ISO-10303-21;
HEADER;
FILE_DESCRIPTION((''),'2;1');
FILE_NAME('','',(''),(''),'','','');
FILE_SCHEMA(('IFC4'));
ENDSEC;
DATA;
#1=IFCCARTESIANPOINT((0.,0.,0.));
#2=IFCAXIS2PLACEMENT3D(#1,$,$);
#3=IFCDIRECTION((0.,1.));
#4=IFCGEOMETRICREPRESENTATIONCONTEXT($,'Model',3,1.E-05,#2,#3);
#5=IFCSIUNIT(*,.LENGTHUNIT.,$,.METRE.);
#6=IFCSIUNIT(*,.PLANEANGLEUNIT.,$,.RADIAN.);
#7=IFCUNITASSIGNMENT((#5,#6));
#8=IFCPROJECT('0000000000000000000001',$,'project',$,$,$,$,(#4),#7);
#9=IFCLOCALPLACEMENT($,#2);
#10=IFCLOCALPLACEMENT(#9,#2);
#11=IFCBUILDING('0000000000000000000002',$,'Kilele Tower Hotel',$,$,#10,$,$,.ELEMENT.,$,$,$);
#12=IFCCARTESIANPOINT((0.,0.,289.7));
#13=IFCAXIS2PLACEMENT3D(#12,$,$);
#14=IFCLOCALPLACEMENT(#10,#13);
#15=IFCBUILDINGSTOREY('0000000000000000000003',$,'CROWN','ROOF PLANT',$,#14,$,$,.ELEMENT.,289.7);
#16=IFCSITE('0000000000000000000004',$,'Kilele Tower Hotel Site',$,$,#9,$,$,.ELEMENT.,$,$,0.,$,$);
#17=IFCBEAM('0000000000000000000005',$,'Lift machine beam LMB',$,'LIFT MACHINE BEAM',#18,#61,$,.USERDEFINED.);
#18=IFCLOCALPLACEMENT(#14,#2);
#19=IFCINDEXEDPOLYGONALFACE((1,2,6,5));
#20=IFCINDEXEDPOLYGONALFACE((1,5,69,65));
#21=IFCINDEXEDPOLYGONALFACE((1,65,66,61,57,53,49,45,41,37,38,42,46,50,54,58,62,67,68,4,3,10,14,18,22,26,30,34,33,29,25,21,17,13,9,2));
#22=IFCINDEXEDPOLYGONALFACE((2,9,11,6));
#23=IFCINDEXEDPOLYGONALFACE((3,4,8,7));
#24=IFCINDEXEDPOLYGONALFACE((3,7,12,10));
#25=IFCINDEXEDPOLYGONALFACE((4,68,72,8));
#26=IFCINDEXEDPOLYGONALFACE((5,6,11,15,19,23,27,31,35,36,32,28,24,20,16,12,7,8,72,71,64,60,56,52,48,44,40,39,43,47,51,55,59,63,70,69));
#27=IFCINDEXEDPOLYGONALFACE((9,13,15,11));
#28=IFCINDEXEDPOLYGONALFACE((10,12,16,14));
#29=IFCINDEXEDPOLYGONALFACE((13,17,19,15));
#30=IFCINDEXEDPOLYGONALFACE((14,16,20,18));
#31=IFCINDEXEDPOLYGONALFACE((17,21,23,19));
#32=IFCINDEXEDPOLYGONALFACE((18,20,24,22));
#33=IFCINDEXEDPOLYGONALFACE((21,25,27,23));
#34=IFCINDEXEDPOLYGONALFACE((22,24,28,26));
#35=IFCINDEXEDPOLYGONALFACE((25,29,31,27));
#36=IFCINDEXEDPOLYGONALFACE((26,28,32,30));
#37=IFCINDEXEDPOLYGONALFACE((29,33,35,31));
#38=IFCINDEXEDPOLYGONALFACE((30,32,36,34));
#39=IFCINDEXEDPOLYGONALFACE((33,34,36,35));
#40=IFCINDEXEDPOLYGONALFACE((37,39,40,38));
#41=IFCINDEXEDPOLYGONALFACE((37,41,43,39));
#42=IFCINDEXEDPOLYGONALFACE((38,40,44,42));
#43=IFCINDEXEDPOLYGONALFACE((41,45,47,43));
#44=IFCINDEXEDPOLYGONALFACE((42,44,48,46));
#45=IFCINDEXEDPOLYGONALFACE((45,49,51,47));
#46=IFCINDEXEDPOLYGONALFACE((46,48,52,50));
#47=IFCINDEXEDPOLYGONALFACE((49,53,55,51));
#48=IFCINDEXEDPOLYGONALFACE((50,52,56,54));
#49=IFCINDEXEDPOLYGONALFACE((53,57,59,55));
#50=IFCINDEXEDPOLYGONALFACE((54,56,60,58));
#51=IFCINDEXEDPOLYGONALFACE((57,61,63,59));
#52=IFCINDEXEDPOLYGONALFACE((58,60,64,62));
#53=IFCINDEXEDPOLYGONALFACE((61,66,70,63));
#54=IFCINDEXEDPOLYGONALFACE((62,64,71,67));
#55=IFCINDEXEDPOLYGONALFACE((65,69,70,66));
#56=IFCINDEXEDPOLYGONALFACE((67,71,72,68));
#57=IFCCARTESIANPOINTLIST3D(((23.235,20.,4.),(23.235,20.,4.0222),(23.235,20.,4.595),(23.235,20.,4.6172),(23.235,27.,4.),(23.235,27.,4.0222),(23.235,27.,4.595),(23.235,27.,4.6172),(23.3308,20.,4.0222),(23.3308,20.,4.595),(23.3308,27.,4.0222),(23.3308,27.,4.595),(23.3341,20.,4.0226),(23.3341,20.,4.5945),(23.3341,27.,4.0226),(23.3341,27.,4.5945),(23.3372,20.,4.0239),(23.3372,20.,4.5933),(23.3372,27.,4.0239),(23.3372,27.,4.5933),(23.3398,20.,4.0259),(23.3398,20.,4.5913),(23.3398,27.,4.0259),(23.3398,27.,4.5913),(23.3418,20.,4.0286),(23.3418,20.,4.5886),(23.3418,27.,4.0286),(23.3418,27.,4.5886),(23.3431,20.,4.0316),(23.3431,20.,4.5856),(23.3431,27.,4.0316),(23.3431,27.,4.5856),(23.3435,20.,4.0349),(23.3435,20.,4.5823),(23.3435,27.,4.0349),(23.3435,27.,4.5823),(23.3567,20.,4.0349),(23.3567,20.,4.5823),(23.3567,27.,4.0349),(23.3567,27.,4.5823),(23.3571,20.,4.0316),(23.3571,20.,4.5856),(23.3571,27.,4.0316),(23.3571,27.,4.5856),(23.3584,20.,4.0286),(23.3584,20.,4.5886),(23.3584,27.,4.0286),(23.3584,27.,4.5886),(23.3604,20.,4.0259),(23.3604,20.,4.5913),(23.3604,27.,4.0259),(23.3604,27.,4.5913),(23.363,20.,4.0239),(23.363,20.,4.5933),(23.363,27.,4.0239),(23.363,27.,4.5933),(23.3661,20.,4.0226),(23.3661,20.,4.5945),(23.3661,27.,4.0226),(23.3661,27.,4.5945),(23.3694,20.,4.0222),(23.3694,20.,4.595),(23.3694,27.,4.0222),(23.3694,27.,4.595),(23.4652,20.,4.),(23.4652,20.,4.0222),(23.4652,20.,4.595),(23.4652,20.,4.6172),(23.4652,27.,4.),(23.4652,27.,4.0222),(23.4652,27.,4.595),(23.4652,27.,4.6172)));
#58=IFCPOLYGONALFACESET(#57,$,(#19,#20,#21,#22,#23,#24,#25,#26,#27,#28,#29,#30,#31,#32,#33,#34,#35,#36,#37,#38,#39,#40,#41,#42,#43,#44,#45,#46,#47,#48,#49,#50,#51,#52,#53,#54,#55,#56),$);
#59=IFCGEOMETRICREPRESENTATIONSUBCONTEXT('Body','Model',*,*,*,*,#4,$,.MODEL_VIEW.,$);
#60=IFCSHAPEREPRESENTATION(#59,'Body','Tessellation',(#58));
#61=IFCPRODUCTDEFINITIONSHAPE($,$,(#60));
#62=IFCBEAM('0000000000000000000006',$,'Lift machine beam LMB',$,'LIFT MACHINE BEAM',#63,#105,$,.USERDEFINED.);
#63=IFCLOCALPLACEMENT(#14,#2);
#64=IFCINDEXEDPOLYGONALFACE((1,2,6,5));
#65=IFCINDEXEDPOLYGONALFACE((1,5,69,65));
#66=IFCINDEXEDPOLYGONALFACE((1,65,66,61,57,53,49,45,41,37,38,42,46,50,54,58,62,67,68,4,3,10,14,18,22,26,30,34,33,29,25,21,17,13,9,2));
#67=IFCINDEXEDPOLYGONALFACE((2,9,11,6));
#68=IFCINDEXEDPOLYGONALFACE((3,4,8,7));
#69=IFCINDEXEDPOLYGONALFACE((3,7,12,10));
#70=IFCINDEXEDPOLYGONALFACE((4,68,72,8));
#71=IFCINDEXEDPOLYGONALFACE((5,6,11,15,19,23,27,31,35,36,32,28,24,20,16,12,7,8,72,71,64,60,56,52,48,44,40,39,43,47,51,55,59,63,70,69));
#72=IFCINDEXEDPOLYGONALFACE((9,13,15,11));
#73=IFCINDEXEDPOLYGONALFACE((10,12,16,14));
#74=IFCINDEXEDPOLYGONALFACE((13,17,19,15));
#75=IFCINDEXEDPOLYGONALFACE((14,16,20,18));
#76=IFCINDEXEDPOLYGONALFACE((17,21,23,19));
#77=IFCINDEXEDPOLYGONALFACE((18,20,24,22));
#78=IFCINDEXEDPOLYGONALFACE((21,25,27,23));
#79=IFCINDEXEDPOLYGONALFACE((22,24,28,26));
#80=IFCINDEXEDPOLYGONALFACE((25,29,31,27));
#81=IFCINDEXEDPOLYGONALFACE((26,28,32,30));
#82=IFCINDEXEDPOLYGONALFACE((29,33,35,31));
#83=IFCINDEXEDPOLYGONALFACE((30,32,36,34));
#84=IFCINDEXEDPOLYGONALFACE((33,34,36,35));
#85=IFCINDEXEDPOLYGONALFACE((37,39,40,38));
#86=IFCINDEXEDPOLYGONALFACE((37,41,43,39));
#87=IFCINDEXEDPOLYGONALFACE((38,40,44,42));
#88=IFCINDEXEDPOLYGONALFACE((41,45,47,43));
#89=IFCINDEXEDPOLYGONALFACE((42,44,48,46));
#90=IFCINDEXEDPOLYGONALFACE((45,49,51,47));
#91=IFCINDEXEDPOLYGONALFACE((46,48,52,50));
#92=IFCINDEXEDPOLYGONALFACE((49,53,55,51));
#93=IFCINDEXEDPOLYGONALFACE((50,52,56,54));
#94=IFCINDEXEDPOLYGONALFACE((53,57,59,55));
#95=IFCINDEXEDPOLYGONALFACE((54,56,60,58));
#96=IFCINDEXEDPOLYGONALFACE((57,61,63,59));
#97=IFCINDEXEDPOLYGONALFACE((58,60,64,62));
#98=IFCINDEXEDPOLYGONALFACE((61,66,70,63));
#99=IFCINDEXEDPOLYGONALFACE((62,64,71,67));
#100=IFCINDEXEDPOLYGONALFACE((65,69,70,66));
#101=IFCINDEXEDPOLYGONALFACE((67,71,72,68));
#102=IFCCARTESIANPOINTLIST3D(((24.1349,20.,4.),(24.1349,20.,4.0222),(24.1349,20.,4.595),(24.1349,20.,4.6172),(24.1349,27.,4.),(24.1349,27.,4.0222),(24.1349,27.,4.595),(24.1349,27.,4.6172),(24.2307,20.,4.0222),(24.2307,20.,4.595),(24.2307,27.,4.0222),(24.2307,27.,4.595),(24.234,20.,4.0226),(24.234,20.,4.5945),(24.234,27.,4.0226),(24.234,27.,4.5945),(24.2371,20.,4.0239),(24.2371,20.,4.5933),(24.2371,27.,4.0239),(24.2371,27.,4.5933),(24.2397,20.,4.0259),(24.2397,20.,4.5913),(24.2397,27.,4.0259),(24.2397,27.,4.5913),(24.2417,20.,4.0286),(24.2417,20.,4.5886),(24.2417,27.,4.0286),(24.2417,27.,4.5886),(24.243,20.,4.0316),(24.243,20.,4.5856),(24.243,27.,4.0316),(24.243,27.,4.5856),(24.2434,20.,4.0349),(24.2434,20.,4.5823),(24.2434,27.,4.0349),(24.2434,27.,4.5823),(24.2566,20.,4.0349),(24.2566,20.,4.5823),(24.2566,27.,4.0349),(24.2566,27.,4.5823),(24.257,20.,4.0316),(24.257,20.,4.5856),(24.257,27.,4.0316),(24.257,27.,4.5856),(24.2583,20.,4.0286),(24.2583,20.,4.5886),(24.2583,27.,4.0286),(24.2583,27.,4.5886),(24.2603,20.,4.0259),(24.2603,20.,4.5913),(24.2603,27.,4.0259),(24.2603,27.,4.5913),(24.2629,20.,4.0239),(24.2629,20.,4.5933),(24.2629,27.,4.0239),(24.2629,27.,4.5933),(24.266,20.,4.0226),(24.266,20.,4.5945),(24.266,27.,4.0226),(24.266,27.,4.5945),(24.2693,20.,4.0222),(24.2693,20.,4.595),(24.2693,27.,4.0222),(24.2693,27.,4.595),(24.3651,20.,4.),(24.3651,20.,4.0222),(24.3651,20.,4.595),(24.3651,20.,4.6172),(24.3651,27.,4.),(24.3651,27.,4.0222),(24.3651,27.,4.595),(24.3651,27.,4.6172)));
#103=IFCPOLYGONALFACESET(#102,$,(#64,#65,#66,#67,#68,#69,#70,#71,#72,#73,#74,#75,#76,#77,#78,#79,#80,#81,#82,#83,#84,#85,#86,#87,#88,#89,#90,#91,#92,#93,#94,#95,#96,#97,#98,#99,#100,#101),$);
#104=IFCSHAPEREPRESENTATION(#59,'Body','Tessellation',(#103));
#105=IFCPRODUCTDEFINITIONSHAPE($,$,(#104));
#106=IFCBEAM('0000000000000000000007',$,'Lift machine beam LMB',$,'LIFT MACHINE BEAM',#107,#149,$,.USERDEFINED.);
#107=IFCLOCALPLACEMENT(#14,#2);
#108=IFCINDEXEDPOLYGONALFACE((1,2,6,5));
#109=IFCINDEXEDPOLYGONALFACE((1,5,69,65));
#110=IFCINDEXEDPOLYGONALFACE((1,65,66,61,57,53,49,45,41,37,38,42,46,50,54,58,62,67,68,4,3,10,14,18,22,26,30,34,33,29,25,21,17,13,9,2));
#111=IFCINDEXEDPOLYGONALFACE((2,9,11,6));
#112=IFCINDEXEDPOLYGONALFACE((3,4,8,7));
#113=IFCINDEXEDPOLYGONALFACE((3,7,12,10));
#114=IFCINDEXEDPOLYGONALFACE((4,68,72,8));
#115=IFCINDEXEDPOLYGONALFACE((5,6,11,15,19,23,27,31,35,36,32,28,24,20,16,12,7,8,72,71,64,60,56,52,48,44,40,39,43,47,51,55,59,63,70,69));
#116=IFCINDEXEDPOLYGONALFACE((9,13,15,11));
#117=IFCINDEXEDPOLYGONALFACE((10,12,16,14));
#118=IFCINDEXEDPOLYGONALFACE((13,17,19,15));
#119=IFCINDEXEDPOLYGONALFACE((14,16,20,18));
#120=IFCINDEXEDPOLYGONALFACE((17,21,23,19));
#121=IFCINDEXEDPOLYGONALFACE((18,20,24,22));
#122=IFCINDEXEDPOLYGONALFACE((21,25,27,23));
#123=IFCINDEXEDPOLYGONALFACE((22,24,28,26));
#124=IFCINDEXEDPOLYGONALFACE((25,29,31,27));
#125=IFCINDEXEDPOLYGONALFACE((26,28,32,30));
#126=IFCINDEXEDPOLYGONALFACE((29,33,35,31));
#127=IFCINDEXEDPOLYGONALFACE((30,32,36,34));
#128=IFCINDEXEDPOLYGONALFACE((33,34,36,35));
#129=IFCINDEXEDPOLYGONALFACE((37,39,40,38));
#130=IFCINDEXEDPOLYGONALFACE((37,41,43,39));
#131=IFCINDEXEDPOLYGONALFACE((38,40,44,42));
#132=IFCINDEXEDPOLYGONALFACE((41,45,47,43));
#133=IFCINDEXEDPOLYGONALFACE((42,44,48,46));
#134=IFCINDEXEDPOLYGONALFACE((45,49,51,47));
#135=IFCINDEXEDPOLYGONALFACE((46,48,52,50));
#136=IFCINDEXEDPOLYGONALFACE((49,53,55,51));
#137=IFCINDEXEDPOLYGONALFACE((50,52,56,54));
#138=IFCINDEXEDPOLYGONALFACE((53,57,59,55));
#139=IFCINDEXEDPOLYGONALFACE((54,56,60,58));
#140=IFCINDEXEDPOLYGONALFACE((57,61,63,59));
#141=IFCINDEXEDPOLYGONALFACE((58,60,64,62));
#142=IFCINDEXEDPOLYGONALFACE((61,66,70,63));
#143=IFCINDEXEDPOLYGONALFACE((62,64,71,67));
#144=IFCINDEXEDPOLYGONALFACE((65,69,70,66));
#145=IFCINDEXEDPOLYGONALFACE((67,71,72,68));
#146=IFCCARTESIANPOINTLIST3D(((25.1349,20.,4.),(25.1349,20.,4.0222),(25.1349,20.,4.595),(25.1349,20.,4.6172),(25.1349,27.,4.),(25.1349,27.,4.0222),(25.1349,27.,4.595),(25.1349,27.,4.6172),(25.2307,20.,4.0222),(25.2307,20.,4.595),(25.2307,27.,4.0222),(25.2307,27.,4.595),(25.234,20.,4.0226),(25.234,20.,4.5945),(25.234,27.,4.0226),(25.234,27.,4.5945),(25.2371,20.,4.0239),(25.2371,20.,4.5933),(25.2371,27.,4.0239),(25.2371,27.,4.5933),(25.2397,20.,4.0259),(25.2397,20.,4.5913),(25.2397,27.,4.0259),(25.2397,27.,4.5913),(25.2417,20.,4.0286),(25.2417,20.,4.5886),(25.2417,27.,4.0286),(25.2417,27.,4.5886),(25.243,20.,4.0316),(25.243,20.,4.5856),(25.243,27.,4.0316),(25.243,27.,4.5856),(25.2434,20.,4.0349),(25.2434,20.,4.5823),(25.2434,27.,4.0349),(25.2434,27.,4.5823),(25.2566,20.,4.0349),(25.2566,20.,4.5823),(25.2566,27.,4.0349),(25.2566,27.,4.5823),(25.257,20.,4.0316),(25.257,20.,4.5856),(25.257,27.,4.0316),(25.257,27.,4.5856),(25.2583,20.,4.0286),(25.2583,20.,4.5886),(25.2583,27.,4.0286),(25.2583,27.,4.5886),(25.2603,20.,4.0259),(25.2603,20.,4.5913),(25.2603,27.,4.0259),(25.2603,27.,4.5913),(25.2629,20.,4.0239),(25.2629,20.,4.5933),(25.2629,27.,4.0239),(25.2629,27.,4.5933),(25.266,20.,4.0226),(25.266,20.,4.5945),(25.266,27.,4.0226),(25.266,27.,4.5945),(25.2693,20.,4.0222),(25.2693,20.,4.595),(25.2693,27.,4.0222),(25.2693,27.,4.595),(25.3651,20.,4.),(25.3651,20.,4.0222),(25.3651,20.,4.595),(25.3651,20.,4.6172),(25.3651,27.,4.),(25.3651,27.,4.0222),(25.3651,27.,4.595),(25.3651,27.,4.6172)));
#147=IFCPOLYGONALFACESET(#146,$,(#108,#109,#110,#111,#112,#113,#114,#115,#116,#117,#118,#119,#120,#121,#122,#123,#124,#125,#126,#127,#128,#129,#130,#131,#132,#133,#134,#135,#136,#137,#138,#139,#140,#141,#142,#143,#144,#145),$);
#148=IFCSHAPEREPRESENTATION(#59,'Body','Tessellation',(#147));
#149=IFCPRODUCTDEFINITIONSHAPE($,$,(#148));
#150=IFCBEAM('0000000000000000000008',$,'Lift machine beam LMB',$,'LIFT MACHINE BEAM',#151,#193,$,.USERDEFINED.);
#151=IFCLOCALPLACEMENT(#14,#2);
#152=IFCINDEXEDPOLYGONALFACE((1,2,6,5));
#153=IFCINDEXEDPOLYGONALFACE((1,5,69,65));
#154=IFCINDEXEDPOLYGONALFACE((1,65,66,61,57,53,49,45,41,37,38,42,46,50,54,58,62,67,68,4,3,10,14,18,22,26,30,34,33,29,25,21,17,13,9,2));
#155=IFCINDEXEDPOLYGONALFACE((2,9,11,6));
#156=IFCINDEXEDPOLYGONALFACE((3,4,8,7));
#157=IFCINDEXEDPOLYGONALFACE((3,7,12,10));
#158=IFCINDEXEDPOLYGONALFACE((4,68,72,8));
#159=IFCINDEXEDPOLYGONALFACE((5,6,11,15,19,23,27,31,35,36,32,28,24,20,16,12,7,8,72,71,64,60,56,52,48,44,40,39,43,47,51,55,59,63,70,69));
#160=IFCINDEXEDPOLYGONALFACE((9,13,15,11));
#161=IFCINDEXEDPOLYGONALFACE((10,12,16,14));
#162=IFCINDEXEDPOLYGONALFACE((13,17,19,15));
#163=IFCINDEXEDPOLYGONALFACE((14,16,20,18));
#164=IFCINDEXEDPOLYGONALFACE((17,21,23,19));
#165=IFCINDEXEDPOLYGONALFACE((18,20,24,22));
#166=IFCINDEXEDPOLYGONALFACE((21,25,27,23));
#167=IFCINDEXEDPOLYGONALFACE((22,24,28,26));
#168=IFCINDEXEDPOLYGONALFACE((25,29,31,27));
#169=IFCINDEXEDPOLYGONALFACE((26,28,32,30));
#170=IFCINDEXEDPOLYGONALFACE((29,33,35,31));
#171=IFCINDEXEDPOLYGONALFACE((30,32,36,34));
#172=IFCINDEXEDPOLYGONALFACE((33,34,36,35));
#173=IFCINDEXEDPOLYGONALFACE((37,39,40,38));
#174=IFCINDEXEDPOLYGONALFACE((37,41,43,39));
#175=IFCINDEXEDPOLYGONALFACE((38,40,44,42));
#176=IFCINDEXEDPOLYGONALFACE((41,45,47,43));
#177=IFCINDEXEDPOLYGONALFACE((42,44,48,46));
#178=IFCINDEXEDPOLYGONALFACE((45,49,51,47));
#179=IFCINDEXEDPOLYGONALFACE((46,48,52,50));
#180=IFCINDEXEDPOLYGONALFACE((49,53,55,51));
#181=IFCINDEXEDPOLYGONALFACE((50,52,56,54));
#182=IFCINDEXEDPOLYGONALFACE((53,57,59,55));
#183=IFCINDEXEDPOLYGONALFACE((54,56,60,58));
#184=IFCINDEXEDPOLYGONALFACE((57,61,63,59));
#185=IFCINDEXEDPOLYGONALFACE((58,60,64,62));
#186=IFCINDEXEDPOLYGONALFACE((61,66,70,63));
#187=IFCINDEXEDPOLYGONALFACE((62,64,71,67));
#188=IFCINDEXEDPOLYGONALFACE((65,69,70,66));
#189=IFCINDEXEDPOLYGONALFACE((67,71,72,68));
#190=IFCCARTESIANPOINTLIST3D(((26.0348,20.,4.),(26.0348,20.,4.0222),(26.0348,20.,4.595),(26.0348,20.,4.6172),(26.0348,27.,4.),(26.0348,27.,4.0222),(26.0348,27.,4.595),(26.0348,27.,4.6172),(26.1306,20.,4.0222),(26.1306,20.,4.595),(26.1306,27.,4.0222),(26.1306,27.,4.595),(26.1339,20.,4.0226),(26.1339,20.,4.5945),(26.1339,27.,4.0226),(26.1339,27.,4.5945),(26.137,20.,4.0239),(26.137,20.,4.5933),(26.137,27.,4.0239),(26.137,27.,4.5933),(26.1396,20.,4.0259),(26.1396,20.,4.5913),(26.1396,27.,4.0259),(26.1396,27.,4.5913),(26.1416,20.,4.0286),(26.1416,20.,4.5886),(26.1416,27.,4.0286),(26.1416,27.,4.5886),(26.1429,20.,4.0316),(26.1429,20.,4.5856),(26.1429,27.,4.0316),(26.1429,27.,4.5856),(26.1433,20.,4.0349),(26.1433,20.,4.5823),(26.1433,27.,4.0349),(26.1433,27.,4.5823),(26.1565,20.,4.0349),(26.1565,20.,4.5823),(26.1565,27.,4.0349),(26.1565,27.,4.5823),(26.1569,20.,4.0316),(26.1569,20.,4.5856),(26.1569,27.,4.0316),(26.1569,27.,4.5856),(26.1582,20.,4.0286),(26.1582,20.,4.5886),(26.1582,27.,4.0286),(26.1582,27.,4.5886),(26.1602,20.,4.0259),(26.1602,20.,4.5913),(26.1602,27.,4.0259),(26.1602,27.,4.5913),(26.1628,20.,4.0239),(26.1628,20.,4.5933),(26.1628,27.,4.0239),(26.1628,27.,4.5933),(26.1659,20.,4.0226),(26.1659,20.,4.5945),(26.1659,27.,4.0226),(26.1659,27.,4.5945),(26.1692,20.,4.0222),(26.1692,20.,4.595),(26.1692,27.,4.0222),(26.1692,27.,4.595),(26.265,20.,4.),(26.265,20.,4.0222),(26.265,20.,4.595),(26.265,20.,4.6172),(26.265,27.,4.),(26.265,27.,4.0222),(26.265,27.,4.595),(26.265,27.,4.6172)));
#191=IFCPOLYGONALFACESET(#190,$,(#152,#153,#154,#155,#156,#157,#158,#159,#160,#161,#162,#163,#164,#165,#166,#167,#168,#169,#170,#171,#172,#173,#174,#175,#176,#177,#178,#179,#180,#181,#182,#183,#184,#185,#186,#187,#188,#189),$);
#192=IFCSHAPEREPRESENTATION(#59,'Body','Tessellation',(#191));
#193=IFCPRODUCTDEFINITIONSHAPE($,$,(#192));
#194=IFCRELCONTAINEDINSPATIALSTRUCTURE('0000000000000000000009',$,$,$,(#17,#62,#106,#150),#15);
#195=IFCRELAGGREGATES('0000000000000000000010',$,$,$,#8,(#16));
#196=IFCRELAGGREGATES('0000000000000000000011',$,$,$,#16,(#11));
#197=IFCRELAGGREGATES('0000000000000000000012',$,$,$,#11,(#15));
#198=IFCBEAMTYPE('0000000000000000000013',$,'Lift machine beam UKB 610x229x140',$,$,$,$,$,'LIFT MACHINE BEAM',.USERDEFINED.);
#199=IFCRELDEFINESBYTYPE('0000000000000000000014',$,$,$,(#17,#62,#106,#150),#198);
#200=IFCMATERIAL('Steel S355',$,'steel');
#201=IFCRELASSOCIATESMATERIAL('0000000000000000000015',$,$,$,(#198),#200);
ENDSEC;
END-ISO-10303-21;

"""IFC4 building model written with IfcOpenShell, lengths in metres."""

from ifc_helpers import new_model, si_unit, direction, frame, origin, origin_2d, place, context, subcontext, project, spatial, i_section, extrude, material, material_profile, profile_set, type_object, element, save


model = new_model("IFC4")

# Units and contexts
model_context = context("Model", 3, precision=1e-05, world=origin(), true_north=direction((0.0, 1.0)))
body_context = subcontext(model_context, "Body", "Model", "MODEL_VIEW")
ifc_project = project(units=[si_unit("LENGTHUNIT", "METRE"), si_unit("PLANEANGLEUNIT", "RADIAN")], contexts=[model_context])

# Site, building, storey
site_placement = place(None, origin())
site = spatial("IfcSite", under=ifc_project, at=site_placement, Name="Kilele Tower Hotel Site", CompositionType="ELEMENT", RefElevation=0.0)
building_placement = place(site_placement, origin())
building = spatial("IfcBuilding", under=site, at=building_placement, Name="Kilele Tower Hotel", CompositionType="ELEMENT")
storey_placement = place(building_placement, frame((0.0, 0.0, 289.7)))
storey = spatial("IfcBuildingStorey", under=building, at=storey_placement, Name="CROWN", Description="ROOF PLANT", CompositionType="ELEMENT", Elevation=289.7)

# Beams
ifc_material_1 = material(Name="Steel S355", Category="steel")
ifc_material_profile_1 = material_profile(ifc_material_1, i_section(OverallWidth=0.2302, OverallDepth=0.6172, WebThickness=0.0132, FlangeThickness=0.0222, FilletRadius=0.0127, at=origin_2d()))
ifc_profile_set_1 = profile_set([ifc_material_profile_1], Name="Steel S355")
beam_type_1 = type_object("IfcBeamType", Name="Lift machine beam UKB 610x229x140", ElementType="LIFT MACHINE BEAM", PredefinedType="USERDEFINED", material=ifc_profile_set_1)
for number, where, z_axis, x_axis, name in (
    (1, (23.3501, 20.0, 4.3086), (0.0, 1.0, 0.0), (-1.0, 0.0, 0.0), "Lift machine beam LMB"),
    (2, (24.25, 20.0, 4.3086), (0.0, 1.0, 0.0), (-1.0, 0.0, 0.0), "Lift machine beam LMB"),
    (3, (25.25, 20.0, 4.3086), (0.0, 1.0, 0.0), (-1.0, 0.0, 0.0), "Lift machine beam LMB"),
    (4, (26.1499, 20.0, 4.3086), (0.0, 1.0, 0.0), (-1.0, 0.0, 0.0), "Lift machine beam LMB"),
):
    element("IfcBeam", number, at=place(storey_placement, frame(where, z_axis=z_axis, x_axis=x_axis)), inside=storey, type_object=beam_type_1, Name=name, ObjectType="LIFT MACHINE BEAM", PredefinedType="USERDEFINED", context=body_context, shape_type="SweptSolid", body=[
        extrude(i_section(OverallWidth=0.2302, OverallDepth=0.6172, WebThickness=0.0132, FlangeThickness=0.0222, FilletRadius=0.0127, at=origin_2d()), origin(), (0.0, 0.0, 1.0), 7.0),
    ])

save(model, "model.ifc")
